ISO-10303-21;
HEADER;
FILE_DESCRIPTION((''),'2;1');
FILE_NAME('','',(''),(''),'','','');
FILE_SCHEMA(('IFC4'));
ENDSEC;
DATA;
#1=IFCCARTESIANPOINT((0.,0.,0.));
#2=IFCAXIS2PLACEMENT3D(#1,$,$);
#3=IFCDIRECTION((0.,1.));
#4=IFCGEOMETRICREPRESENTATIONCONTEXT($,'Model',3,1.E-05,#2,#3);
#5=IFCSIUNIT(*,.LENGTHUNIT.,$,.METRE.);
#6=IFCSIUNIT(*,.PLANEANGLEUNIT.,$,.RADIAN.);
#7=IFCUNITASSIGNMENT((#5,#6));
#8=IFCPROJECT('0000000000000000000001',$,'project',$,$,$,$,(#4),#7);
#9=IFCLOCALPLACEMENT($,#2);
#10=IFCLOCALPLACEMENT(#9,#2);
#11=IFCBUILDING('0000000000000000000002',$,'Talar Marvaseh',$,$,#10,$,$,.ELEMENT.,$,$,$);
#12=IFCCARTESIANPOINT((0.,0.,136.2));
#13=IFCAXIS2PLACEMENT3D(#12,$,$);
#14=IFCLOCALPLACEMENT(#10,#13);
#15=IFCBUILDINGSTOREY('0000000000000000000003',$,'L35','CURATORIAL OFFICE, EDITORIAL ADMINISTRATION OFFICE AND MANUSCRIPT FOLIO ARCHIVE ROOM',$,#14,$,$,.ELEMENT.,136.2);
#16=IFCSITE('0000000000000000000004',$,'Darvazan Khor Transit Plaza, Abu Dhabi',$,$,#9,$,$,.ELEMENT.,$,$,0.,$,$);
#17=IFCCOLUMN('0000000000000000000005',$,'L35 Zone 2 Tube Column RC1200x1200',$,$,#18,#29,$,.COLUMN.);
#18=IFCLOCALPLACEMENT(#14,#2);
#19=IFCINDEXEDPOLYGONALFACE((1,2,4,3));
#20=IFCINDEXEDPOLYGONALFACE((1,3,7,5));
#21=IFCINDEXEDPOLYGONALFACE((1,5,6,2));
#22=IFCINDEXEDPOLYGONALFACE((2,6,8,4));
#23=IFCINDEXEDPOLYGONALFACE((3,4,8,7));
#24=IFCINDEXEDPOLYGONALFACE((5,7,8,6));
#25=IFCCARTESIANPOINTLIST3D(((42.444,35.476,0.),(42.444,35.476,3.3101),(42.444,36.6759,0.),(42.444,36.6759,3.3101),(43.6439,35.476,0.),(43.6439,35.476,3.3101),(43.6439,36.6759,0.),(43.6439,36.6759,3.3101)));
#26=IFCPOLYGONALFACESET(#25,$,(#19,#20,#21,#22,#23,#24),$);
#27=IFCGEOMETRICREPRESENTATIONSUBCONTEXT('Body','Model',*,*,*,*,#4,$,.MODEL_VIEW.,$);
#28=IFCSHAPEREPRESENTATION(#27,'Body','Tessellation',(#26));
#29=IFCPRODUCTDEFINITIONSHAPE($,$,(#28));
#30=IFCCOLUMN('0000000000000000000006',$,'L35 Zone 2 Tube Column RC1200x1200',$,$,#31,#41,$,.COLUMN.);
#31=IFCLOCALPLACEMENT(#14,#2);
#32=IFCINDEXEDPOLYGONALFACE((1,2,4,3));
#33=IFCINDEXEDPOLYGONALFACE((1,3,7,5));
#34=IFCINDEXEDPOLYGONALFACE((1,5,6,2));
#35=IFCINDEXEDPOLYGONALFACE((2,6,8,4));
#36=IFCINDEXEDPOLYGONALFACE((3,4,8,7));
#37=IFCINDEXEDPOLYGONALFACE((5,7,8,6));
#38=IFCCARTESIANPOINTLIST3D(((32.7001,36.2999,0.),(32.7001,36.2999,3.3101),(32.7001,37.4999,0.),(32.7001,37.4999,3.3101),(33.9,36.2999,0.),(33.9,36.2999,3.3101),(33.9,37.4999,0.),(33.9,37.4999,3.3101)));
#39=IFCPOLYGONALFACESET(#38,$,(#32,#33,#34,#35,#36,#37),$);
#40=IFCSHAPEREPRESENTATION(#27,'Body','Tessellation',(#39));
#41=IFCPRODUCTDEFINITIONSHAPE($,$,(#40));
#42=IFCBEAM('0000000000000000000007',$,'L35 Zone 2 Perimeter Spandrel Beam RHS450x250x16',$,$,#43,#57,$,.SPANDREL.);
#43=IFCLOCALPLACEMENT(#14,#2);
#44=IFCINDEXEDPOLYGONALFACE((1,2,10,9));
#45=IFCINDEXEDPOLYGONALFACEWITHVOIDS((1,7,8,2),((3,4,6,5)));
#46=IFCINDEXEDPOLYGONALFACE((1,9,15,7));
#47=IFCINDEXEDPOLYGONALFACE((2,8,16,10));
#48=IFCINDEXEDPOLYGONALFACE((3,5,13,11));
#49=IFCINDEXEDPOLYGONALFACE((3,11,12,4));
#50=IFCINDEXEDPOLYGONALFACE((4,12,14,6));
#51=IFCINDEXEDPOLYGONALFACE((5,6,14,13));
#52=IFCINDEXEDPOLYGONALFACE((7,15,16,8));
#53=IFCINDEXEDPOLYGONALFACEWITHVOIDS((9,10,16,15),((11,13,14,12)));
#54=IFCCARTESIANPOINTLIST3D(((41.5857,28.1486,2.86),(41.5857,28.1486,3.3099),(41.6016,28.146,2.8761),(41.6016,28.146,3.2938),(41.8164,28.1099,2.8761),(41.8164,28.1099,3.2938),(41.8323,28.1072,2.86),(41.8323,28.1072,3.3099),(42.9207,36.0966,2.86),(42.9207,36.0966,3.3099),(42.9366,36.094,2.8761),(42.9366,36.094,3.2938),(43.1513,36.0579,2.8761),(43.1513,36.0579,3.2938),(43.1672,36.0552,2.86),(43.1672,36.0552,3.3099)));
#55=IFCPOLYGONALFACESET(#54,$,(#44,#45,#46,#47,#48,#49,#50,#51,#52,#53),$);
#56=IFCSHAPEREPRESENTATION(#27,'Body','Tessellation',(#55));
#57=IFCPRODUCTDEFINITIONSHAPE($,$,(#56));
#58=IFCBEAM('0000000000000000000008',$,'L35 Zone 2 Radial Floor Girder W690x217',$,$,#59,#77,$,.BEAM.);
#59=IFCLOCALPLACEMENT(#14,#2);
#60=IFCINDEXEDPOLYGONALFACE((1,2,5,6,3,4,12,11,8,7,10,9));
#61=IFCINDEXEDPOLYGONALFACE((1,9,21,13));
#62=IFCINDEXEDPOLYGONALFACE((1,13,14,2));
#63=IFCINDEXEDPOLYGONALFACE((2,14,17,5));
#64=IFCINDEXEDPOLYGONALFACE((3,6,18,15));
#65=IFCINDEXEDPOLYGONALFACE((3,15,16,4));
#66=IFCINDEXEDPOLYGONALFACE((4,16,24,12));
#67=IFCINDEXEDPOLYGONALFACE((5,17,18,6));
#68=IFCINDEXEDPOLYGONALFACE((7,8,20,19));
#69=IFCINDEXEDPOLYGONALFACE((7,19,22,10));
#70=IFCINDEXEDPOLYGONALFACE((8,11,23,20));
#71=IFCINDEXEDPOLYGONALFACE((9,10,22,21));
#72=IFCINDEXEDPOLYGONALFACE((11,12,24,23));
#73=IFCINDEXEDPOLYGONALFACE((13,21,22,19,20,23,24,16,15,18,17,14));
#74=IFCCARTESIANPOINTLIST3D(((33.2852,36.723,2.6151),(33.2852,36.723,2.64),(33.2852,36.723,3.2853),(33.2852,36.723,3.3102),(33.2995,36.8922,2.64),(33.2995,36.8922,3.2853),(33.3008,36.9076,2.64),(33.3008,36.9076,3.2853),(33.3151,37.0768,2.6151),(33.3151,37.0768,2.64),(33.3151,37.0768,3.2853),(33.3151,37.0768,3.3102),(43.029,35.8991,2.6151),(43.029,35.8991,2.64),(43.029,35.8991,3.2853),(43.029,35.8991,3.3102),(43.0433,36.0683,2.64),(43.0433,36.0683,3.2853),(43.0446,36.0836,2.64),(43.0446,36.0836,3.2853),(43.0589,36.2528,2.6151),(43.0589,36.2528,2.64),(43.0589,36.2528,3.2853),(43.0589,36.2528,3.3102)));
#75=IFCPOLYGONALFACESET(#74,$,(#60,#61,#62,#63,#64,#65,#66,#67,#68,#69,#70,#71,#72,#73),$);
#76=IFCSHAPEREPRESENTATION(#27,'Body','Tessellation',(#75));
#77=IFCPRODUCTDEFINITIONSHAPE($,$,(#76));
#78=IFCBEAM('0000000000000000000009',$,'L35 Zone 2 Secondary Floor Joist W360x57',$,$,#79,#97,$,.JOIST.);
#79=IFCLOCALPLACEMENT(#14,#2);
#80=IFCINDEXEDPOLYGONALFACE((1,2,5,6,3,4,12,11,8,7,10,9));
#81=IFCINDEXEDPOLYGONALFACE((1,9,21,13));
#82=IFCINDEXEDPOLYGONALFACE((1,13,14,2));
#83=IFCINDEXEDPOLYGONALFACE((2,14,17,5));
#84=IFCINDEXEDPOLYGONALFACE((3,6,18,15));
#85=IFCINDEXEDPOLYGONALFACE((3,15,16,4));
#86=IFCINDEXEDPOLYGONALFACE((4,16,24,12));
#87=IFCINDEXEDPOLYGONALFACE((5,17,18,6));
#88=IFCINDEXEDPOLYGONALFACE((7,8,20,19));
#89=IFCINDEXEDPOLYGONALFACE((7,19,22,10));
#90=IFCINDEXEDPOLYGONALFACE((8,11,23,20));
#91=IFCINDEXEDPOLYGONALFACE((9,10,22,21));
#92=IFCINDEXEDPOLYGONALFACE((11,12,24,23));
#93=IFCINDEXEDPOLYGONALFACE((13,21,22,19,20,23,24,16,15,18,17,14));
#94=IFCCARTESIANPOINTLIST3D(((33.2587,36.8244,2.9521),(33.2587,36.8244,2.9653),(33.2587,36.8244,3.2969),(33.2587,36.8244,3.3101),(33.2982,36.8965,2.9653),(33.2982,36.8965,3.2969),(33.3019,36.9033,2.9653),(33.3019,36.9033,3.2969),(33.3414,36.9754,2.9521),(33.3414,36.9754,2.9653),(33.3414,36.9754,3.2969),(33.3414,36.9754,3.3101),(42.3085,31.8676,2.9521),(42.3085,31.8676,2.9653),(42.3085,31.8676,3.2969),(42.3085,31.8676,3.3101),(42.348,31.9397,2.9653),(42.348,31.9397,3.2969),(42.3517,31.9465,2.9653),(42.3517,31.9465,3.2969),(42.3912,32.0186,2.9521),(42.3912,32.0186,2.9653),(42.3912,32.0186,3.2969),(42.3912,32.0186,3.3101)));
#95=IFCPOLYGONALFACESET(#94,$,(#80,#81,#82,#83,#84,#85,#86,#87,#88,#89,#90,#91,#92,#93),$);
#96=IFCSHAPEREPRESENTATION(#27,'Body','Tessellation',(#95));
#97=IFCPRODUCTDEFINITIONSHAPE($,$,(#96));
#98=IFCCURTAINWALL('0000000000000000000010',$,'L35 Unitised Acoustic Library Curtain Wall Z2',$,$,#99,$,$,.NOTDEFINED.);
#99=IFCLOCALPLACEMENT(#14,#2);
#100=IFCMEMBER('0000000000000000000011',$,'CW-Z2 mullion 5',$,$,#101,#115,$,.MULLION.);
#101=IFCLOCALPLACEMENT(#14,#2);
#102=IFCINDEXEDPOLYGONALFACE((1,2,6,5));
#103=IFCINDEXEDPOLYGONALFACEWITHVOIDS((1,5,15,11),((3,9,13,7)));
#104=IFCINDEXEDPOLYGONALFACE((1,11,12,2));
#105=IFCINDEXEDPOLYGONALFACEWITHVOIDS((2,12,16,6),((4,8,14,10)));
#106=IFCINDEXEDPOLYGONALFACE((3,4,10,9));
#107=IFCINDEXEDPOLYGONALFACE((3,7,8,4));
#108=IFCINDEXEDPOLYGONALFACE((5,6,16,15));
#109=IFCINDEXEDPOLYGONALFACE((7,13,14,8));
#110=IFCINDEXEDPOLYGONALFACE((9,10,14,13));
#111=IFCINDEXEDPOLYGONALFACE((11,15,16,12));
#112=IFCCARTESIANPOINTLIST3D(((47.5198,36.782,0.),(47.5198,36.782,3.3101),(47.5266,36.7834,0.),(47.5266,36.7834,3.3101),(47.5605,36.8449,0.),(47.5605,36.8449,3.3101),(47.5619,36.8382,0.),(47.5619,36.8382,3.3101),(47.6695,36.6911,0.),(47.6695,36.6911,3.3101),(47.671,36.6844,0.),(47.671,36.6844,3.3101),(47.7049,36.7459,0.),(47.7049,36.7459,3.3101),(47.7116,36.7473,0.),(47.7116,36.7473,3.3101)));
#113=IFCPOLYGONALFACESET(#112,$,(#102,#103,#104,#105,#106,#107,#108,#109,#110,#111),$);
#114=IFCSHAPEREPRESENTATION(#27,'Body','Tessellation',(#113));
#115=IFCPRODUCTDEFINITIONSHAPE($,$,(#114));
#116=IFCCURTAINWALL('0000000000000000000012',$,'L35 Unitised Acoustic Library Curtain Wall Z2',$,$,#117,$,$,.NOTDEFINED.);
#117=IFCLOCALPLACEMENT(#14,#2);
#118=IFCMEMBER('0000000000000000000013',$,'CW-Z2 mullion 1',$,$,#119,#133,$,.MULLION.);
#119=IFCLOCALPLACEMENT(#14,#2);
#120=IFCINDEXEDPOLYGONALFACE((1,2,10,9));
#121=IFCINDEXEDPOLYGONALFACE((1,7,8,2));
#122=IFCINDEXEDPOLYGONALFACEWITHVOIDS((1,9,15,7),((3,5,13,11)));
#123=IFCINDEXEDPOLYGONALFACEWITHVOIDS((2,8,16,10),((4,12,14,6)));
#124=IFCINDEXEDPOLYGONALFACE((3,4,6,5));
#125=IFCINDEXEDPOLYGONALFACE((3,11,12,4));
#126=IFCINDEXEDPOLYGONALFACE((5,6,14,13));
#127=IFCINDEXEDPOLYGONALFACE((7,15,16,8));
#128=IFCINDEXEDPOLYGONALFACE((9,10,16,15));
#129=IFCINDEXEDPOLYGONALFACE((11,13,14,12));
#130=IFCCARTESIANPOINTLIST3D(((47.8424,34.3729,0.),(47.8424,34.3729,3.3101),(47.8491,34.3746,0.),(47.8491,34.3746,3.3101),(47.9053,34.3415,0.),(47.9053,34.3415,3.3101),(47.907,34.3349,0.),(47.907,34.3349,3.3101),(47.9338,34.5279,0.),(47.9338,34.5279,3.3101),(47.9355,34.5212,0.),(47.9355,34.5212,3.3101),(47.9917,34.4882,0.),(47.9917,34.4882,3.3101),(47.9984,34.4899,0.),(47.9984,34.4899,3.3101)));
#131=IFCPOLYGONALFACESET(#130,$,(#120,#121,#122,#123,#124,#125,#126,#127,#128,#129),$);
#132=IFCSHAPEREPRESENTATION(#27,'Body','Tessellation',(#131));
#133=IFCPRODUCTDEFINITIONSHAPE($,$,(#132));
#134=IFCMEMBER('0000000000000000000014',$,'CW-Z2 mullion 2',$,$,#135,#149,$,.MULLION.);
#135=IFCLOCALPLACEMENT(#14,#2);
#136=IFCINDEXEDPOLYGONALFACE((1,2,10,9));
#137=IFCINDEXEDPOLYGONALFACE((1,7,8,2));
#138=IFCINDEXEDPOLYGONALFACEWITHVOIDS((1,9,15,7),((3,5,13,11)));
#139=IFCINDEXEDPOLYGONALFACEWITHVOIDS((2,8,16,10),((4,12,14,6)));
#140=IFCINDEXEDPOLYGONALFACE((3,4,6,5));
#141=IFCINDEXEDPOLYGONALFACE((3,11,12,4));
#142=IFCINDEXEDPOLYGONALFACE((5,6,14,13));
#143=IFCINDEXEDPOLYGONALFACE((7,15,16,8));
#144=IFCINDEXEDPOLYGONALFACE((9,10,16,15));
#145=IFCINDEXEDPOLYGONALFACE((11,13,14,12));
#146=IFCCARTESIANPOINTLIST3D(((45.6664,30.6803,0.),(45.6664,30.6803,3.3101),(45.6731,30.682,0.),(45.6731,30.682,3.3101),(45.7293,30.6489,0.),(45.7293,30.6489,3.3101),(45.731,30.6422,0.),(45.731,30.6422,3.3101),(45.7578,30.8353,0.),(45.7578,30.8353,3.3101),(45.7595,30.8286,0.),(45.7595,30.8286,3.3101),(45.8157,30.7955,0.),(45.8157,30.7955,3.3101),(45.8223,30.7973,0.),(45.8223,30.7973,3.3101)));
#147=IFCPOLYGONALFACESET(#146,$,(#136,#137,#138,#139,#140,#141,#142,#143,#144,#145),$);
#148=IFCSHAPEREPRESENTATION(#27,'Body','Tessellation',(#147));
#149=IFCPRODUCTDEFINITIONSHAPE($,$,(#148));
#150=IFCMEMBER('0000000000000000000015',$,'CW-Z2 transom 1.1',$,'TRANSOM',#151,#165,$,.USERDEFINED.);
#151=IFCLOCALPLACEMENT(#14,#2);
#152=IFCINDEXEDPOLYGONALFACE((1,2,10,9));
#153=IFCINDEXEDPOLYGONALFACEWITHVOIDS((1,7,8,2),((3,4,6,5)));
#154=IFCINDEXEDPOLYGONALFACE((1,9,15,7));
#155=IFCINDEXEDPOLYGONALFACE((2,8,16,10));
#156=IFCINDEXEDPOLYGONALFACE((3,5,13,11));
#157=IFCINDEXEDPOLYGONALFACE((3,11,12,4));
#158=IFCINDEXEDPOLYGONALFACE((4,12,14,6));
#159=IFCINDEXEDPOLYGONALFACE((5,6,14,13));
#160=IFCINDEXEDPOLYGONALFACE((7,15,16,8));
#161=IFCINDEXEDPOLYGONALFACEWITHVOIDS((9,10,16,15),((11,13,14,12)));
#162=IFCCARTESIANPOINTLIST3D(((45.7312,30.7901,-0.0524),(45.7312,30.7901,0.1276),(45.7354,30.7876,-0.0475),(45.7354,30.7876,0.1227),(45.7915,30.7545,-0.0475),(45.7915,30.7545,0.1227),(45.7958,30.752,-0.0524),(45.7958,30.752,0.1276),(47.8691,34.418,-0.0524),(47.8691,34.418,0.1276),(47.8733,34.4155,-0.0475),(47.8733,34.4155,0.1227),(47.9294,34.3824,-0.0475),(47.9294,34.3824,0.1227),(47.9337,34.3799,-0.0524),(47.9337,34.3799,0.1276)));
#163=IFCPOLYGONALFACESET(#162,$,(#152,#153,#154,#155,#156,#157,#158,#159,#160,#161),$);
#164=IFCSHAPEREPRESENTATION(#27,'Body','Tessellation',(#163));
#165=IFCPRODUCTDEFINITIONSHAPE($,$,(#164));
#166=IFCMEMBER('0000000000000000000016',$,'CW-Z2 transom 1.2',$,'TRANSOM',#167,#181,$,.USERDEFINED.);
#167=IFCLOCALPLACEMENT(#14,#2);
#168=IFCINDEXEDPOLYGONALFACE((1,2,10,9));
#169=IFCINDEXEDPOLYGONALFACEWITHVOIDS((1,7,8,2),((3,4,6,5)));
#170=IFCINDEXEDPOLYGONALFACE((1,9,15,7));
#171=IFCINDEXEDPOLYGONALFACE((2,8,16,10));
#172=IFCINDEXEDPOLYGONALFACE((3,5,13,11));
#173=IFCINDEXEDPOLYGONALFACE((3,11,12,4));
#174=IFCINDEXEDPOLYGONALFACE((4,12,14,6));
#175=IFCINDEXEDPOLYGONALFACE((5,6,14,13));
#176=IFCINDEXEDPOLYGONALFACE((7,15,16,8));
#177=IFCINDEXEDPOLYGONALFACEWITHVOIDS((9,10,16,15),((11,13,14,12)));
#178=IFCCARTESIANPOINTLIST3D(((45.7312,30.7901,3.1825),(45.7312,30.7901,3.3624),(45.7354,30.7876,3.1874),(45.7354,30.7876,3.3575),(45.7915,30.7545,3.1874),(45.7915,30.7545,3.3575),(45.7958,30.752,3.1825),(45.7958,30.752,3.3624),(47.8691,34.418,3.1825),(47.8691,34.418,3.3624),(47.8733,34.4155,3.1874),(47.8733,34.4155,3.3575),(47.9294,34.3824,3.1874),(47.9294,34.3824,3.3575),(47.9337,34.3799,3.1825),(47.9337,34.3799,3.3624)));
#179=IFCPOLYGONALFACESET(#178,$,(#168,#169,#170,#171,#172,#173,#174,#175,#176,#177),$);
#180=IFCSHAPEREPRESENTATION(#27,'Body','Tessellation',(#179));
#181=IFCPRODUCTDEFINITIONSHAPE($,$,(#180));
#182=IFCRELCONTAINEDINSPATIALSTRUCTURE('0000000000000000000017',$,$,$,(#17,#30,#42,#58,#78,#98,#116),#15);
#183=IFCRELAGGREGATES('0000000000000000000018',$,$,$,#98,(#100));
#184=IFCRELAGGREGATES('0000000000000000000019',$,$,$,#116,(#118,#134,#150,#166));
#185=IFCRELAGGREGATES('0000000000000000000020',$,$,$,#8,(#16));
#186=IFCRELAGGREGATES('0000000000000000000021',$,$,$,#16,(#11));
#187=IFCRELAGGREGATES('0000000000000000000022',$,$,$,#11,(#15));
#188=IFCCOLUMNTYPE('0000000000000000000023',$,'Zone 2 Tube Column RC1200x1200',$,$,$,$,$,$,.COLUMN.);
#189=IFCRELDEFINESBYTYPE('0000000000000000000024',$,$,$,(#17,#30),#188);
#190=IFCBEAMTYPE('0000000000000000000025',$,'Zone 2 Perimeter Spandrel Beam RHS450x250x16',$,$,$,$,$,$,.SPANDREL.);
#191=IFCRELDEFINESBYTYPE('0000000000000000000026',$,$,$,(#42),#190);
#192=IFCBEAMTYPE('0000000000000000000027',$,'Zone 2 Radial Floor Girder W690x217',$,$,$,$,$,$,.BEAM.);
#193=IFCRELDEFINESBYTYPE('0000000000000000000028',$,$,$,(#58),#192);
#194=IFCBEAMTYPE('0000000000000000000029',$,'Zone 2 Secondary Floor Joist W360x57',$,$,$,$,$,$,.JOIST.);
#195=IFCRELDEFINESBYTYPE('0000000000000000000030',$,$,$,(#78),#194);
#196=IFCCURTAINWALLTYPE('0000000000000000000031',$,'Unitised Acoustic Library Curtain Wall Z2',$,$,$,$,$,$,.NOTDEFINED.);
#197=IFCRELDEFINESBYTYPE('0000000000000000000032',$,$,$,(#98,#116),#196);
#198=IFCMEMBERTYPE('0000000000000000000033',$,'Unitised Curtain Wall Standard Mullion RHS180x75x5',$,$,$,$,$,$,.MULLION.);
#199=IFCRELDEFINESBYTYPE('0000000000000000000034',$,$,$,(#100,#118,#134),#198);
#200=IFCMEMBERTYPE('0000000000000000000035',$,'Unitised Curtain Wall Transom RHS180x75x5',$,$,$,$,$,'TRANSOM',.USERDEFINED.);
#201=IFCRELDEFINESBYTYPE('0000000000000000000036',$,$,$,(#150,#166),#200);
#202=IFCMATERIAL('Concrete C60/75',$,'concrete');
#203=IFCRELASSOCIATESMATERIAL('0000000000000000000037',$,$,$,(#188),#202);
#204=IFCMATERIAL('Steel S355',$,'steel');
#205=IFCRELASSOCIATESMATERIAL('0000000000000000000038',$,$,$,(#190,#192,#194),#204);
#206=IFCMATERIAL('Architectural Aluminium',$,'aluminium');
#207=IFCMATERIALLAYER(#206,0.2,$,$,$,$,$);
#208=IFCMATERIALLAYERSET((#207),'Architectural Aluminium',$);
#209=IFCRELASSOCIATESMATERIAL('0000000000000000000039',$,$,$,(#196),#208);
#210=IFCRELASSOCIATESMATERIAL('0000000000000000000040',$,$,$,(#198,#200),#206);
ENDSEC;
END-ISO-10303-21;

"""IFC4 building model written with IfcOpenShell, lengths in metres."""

from ifc_helpers import new_model, si_unit, direction, frame, origin, origin_2d, place, context, subcontext, project, spatial, rectangle, hollow_rectangle, i_section, extrude, source, transform, mapped, material, layer, layer_set, material_profile, profile_set, type_object, type_shapes, element, aggregate, save


model = new_model("IFC4")

# Units and contexts
model_context = context("Model", 3, precision=1e-05, world=origin(), true_north=direction((0.0, 1.0)))
body_context = subcontext(model_context, "Body", "Model", "MODEL_VIEW")
ifc_project = project(units=[si_unit("LENGTHUNIT", "METRE"), si_unit("PLANEANGLEUNIT", "RADIAN")], contexts=[model_context])

# Site, building, storey
site_placement = place(None, origin())
site = spatial("IfcSite", under=ifc_project, at=site_placement, Name="Darvazan Khor Transit Plaza, Abu Dhabi", CompositionType="ELEMENT", RefElevation=0.0)
building_placement = place(site_placement, origin())
building = spatial("IfcBuilding", under=site, at=building_placement, Name="Talar Marvaseh", CompositionType="ELEMENT")
storey_placement = place(building_placement, frame((0.0, 0.0, 136.2)))
storey = spatial("IfcBuildingStorey", under=building, at=storey_placement, Name="L35", Description="CURATORIAL OFFICE, EDITORIAL ADMINISTRATION OFFICE AND MANUSCRIPT FOLIO ARCHIVE ROOM", CompositionType="ELEMENT", Elevation=136.2)

# Columns
ifc_material_1 = material(Name="Concrete C60/75", Category="concrete")
ifc_material_profile_1 = material_profile(ifc_material_1, rectangle(XDim=1.2, YDim=1.2, at=origin_2d()), Name="RC1200x1200")
ifc_profile_set_1 = profile_set([ifc_material_profile_1], Name="Concrete C60/75")
column_type = type_object("IfcColumnType", Name="Zone 2 Tube Column RC1200x1200", PredefinedType="COLUMN", material=ifc_profile_set_1)
for number, where, z_axis, x_axis, name in (
    (1, (43.0439, 36.0759, 0.0), (0.0, 0.0, 1.0), (1.0, 0.0, 0.0), "L35 Zone 2 Tube Column RC1200x1200"),
    (2, (33.3, 36.8999, 0.0), (0.0, 0.0, 1.0), (1.0, 0.0, 0.0), "L35 Zone 2 Tube Column RC1200x1200"),
):
    element("IfcColumn", number, at=place(storey_placement, frame(where, z_axis=z_axis, x_axis=x_axis)), inside=storey, type_object=column_type, Name=name, PredefinedType="COLUMN", context=body_context, shape_type="SweptSolid", body=[
        extrude(rectangle(XDim=1.2, YDim=1.2, at=origin_2d()), origin(), (0.0, 0.0, 1.0), 3.3101),
    ])

# Beams
ifc_material_2 = material(Name="Steel S355", Category="steel")
ifc_material_profile_2 = material_profile(ifc_material_2, hollow_rectangle(XDim=0.25, YDim=0.45, WallThickness=0.0161, at=origin_2d()), Name="RHS450x250x16")
ifc_profile_set_2 = profile_set([ifc_material_profile_2], Name="Steel S355")
beam_type_1 = type_object("IfcBeamType", Name="Zone 2 Perimeter Spandrel Beam RHS450x250x16", PredefinedType="SPANDREL", material=ifc_profile_set_2)
beam_1_placement = place(storey_placement, frame((43.0439, 36.0759, 3.085), z_axis=(-0.165642, -0.986186, 0.0), x_axis=(0.986186, -0.165642, 0.0)))
element("IfcBeam", 3, at=beam_1_placement, inside=storey, type_object=beam_type_1, Name="L35 Zone 2 Perimeter Spandrel Beam RHS450x250x16", PredefinedType="SPANDREL", context=body_context, shape_type="SweptSolid", body=[
    extrude(hollow_rectangle(XDim=0.25, YDim=0.45, WallThickness=0.0161, at=origin_2d()), origin(), (0.0, 0.0, 1.0), 8.0593),
])
ifc_material_profile_3 = material_profile(ifc_material_2, i_section(OverallWidth=0.355, OverallDepth=0.6951, WebThickness=0.0154, FlangeThickness=0.0249, at=origin_2d()), Name="W690x217")
ifc_profile_set_3 = profile_set([ifc_material_profile_3], Name="Steel S355")
beam_type_2 = type_object("IfcBeamType", Name="Zone 2 Radial Floor Girder W690x217", PredefinedType="BEAM", material=ifc_profile_set_3)
beam_2_placement = place(storey_placement, frame((43.0439, 36.0759, 2.9626), z_axis=(-0.996444, 0.084262, 0.0), x_axis=(-0.084262, -0.996444, 0.0)))
element("IfcBeam", 4, at=beam_2_placement, inside=storey, type_object=beam_type_2, Name="L35 Zone 2 Radial Floor Girder W690x217", PredefinedType="BEAM", context=body_context, shape_type="SweptSolid", body=[
    extrude(i_section(OverallWidth=0.355, OverallDepth=0.6951, WebThickness=0.0154, FlangeThickness=0.0249, at=origin_2d()), origin(), (0.0, 0.0, 1.0), 9.7786),
])
ifc_material_profile_4 = material_profile(ifc_material_2, i_section(OverallWidth=0.1721, OverallDepth=0.3579, WebThickness=0.0078, FlangeThickness=0.0132, at=origin_2d()), Name="W360x57")
ifc_profile_set_4 = profile_set([ifc_material_profile_4], Name="Steel S355")
beam_type_3 = type_object("IfcBeamType", Name="Zone 2 Secondary Floor Joist W360x57", PredefinedType="JOIST", material=ifc_profile_set_4)
beam_3_placement = place(storey_placement, frame((42.3499, 31.9431, 3.1311), z_axis=(-0.877058, 0.480385, 0.0), x_axis=(-0.480385, -0.877058, 0.0)))
element("IfcBeam", 5, at=beam_3_placement, inside=storey, type_object=beam_type_3, Name="L35 Zone 2 Secondary Floor Joist W360x57", PredefinedType="JOIST", context=body_context, shape_type="SweptSolid", body=[
    extrude(i_section(OverallWidth=0.1721, OverallDepth=0.3579, WebThickness=0.0078, FlangeThickness=0.0132, at=origin_2d()), origin(), (0.0, 0.0, 1.0), 10.3184),
])

# Curtain wall, member
ifc_material_3 = material(Name="Architectural Aluminium", Category="aluminium")
ifc_layer_1 = layer(ifc_material_3, 0.2)
ifc_layer_set_1 = layer_set([ifc_layer_1], Name="Architectural Aluminium")
curtain_wall_type = type_object("IfcCurtainWallType", Name="Unitised Acoustic Library Curtain Wall Z2", PredefinedType="NOTDEFINED", material=ifc_layer_set_1)
curtain_wall_1_placement = place(storey_placement, origin())
curtain_wall_1 = element("IfcCurtainWall", 6, at=curtain_wall_1_placement, inside=storey, type_object=curtain_wall_type, Name="L35 Unitised Acoustic Library Curtain Wall Z2", PredefinedType="NOTDEFINED")
ifc_material_profile_5 = material_profile(ifc_material_3, hollow_rectangle(XDim=0.075, YDim=0.1799, WallThickness=0.0049, at=origin_2d()), Name="RHS180x75x5")
ifc_profile_set_5 = profile_set([ifc_material_profile_5], Name="Architectural Aluminium")
member_type_1 = type_object("IfcMemberType", Name="Unitised Curtain Wall Standard Mullion RHS180x75x5", PredefinedType="MULLION", material=ifc_profile_set_5)
shared_shape_1 = source(origin(), body_context, "Body", "SweptSolid", [
    extrude(hollow_rectangle(XDim=0.075, YDim=0.1799, WallThickness=0.0049, at=origin_2d()), origin(), (0.0, 0.0, 1.0), 3.3101),
])
type_shapes(member_type_1, [shared_shape_1])
member_1_placement = place(storey_placement, frame((47.6157, 36.7646, 0.0), z_axis=(0.0, 0.0, 1.0), x_axis=(0.542386, 0.840129, 0.0)))
member_1 = element("IfcMember", 7, at=member_1_placement, type_object=member_type_1, Name="CW-Z2 mullion 5", PredefinedType="MULLION", context=body_context, shape_type="MappedRepresentation", body=[
    mapped(shared_shape_1, transform((0.0, 0.0, 0.0), x_axis=(1.0, 0.0, 0.0), y_axis=(0.0, 1.0, 0.0), z_axis=(0.0, 0.0, 1.0), scale=1.0)),
])

# Curtain wall, members
curtain_wall_2_placement = place(storey_placement, origin())
curtain_wall_2 = element("IfcCurtainWall", 8, at=curtain_wall_2_placement, inside=storey, type_object=curtain_wall_type, Name="L35 Unitised Acoustic Library Curtain Wall Z2", PredefinedType="NOTDEFINED")
member_2_placement = place(storey_placement, frame((47.9204, 34.4314, 0.0), z_axis=(0.0, 0.0, 1.0), x_axis=(0.86155, -0.507673, 0.0)))
member_2 = element("IfcMember", 9, at=member_2_placement, type_object=member_type_1, Name="CW-Z2 mullion 1", PredefinedType="MULLION", context=body_context, shape_type="MappedRepresentation", body=[
    mapped(shared_shape_1, transform((0.0, 0.0, 0.0), x_axis=(1.0, 0.0, 0.0), y_axis=(0.0, 1.0, 0.0), z_axis=(0.0, 0.0, 1.0), scale=1.0)),
])
member_3_placement = place(storey_placement, frame((45.7444, 30.7388, 0.0), z_axis=(0.0, 0.0, 1.0), x_axis=(0.86155, -0.507673, 0.0)))
member_3 = element("IfcMember", 10, at=member_3_placement, type_object=member_type_1, Name="CW-Z2 mullion 2", PredefinedType="MULLION", context=body_context, shape_type="MappedRepresentation", body=[
    mapped(shared_shape_1, transform((0.0, 0.0, 0.0), x_axis=(1.0, 0.0, 0.0), y_axis=(0.0, 1.0, 0.0), z_axis=(0.0, 0.0, 1.0), scale=1.0)),
])
ifc_material_profile_6 = material_profile(ifc_material_3, hollow_rectangle(XDim=0.075, YDim=0.1799, WallThickness=0.0049, at=origin_2d()), Name="RHS180x75x5")
ifc_profile_set_6 = profile_set([ifc_material_profile_6], Name="Architectural Aluminium")
member_type_2 = type_object("IfcMemberType", Name="Unitised Curtain Wall Transom RHS180x75x5", ElementType="TRANSOM", PredefinedType="USERDEFINED", material=ifc_profile_set_6)
shared_shape_2 = source(origin(), body_context, "Body", "SweptSolid", [
    extrude(hollow_rectangle(XDim=0.075, YDim=0.1799, WallThickness=0.0049, at=origin_2d()), origin(), (0.0, 0.0, 1.0), 4.2109),
])
member_4_placement = place(storey_placement, frame((47.9014, 34.3989, 0.0376), z_axis=(-0.507702, -0.861533, 0.0), x_axis=(0.861533, -0.507702, 0.0)))
member_4 = element("IfcMember", 11, at=member_4_placement, type_object=member_type_2, Name="CW-Z2 transom 1.1", ObjectType="TRANSOM", PredefinedType="USERDEFINED", context=body_context, shape_type="MappedRepresentation", body=[
    mapped(shared_shape_2, transform((0.0, 0.0, 0.0), x_axis=(1.0, 0.0, 0.0), y_axis=(0.0, 1.0, 0.0), z_axis=(0.0, 0.0, 1.0), scale=1.0)),
])
member_5_placement = place(storey_placement, frame((47.9014, 34.3989, 3.2725), z_axis=(-0.507702, -0.861533, 0.0), x_axis=(0.861533, -0.507702, 0.0)))
member_5 = element("IfcMember", 12, at=member_5_placement, type_object=member_type_2, Name="CW-Z2 transom 1.2", ObjectType="TRANSOM", PredefinedType="USERDEFINED", context=body_context, shape_type="MappedRepresentation", body=[
    mapped(shared_shape_2, transform((0.0, 0.0, 0.0), x_axis=(1.0, 0.0, 0.0), y_axis=(0.0, 1.0, 0.0), z_axis=(0.0, 0.0, 1.0), scale=1.0)),
])

aggregate(curtain_wall_1, [member_1])
aggregate(curtain_wall_2, [member_2, member_3, member_4, member_5])

save(model, "model.ifc")
